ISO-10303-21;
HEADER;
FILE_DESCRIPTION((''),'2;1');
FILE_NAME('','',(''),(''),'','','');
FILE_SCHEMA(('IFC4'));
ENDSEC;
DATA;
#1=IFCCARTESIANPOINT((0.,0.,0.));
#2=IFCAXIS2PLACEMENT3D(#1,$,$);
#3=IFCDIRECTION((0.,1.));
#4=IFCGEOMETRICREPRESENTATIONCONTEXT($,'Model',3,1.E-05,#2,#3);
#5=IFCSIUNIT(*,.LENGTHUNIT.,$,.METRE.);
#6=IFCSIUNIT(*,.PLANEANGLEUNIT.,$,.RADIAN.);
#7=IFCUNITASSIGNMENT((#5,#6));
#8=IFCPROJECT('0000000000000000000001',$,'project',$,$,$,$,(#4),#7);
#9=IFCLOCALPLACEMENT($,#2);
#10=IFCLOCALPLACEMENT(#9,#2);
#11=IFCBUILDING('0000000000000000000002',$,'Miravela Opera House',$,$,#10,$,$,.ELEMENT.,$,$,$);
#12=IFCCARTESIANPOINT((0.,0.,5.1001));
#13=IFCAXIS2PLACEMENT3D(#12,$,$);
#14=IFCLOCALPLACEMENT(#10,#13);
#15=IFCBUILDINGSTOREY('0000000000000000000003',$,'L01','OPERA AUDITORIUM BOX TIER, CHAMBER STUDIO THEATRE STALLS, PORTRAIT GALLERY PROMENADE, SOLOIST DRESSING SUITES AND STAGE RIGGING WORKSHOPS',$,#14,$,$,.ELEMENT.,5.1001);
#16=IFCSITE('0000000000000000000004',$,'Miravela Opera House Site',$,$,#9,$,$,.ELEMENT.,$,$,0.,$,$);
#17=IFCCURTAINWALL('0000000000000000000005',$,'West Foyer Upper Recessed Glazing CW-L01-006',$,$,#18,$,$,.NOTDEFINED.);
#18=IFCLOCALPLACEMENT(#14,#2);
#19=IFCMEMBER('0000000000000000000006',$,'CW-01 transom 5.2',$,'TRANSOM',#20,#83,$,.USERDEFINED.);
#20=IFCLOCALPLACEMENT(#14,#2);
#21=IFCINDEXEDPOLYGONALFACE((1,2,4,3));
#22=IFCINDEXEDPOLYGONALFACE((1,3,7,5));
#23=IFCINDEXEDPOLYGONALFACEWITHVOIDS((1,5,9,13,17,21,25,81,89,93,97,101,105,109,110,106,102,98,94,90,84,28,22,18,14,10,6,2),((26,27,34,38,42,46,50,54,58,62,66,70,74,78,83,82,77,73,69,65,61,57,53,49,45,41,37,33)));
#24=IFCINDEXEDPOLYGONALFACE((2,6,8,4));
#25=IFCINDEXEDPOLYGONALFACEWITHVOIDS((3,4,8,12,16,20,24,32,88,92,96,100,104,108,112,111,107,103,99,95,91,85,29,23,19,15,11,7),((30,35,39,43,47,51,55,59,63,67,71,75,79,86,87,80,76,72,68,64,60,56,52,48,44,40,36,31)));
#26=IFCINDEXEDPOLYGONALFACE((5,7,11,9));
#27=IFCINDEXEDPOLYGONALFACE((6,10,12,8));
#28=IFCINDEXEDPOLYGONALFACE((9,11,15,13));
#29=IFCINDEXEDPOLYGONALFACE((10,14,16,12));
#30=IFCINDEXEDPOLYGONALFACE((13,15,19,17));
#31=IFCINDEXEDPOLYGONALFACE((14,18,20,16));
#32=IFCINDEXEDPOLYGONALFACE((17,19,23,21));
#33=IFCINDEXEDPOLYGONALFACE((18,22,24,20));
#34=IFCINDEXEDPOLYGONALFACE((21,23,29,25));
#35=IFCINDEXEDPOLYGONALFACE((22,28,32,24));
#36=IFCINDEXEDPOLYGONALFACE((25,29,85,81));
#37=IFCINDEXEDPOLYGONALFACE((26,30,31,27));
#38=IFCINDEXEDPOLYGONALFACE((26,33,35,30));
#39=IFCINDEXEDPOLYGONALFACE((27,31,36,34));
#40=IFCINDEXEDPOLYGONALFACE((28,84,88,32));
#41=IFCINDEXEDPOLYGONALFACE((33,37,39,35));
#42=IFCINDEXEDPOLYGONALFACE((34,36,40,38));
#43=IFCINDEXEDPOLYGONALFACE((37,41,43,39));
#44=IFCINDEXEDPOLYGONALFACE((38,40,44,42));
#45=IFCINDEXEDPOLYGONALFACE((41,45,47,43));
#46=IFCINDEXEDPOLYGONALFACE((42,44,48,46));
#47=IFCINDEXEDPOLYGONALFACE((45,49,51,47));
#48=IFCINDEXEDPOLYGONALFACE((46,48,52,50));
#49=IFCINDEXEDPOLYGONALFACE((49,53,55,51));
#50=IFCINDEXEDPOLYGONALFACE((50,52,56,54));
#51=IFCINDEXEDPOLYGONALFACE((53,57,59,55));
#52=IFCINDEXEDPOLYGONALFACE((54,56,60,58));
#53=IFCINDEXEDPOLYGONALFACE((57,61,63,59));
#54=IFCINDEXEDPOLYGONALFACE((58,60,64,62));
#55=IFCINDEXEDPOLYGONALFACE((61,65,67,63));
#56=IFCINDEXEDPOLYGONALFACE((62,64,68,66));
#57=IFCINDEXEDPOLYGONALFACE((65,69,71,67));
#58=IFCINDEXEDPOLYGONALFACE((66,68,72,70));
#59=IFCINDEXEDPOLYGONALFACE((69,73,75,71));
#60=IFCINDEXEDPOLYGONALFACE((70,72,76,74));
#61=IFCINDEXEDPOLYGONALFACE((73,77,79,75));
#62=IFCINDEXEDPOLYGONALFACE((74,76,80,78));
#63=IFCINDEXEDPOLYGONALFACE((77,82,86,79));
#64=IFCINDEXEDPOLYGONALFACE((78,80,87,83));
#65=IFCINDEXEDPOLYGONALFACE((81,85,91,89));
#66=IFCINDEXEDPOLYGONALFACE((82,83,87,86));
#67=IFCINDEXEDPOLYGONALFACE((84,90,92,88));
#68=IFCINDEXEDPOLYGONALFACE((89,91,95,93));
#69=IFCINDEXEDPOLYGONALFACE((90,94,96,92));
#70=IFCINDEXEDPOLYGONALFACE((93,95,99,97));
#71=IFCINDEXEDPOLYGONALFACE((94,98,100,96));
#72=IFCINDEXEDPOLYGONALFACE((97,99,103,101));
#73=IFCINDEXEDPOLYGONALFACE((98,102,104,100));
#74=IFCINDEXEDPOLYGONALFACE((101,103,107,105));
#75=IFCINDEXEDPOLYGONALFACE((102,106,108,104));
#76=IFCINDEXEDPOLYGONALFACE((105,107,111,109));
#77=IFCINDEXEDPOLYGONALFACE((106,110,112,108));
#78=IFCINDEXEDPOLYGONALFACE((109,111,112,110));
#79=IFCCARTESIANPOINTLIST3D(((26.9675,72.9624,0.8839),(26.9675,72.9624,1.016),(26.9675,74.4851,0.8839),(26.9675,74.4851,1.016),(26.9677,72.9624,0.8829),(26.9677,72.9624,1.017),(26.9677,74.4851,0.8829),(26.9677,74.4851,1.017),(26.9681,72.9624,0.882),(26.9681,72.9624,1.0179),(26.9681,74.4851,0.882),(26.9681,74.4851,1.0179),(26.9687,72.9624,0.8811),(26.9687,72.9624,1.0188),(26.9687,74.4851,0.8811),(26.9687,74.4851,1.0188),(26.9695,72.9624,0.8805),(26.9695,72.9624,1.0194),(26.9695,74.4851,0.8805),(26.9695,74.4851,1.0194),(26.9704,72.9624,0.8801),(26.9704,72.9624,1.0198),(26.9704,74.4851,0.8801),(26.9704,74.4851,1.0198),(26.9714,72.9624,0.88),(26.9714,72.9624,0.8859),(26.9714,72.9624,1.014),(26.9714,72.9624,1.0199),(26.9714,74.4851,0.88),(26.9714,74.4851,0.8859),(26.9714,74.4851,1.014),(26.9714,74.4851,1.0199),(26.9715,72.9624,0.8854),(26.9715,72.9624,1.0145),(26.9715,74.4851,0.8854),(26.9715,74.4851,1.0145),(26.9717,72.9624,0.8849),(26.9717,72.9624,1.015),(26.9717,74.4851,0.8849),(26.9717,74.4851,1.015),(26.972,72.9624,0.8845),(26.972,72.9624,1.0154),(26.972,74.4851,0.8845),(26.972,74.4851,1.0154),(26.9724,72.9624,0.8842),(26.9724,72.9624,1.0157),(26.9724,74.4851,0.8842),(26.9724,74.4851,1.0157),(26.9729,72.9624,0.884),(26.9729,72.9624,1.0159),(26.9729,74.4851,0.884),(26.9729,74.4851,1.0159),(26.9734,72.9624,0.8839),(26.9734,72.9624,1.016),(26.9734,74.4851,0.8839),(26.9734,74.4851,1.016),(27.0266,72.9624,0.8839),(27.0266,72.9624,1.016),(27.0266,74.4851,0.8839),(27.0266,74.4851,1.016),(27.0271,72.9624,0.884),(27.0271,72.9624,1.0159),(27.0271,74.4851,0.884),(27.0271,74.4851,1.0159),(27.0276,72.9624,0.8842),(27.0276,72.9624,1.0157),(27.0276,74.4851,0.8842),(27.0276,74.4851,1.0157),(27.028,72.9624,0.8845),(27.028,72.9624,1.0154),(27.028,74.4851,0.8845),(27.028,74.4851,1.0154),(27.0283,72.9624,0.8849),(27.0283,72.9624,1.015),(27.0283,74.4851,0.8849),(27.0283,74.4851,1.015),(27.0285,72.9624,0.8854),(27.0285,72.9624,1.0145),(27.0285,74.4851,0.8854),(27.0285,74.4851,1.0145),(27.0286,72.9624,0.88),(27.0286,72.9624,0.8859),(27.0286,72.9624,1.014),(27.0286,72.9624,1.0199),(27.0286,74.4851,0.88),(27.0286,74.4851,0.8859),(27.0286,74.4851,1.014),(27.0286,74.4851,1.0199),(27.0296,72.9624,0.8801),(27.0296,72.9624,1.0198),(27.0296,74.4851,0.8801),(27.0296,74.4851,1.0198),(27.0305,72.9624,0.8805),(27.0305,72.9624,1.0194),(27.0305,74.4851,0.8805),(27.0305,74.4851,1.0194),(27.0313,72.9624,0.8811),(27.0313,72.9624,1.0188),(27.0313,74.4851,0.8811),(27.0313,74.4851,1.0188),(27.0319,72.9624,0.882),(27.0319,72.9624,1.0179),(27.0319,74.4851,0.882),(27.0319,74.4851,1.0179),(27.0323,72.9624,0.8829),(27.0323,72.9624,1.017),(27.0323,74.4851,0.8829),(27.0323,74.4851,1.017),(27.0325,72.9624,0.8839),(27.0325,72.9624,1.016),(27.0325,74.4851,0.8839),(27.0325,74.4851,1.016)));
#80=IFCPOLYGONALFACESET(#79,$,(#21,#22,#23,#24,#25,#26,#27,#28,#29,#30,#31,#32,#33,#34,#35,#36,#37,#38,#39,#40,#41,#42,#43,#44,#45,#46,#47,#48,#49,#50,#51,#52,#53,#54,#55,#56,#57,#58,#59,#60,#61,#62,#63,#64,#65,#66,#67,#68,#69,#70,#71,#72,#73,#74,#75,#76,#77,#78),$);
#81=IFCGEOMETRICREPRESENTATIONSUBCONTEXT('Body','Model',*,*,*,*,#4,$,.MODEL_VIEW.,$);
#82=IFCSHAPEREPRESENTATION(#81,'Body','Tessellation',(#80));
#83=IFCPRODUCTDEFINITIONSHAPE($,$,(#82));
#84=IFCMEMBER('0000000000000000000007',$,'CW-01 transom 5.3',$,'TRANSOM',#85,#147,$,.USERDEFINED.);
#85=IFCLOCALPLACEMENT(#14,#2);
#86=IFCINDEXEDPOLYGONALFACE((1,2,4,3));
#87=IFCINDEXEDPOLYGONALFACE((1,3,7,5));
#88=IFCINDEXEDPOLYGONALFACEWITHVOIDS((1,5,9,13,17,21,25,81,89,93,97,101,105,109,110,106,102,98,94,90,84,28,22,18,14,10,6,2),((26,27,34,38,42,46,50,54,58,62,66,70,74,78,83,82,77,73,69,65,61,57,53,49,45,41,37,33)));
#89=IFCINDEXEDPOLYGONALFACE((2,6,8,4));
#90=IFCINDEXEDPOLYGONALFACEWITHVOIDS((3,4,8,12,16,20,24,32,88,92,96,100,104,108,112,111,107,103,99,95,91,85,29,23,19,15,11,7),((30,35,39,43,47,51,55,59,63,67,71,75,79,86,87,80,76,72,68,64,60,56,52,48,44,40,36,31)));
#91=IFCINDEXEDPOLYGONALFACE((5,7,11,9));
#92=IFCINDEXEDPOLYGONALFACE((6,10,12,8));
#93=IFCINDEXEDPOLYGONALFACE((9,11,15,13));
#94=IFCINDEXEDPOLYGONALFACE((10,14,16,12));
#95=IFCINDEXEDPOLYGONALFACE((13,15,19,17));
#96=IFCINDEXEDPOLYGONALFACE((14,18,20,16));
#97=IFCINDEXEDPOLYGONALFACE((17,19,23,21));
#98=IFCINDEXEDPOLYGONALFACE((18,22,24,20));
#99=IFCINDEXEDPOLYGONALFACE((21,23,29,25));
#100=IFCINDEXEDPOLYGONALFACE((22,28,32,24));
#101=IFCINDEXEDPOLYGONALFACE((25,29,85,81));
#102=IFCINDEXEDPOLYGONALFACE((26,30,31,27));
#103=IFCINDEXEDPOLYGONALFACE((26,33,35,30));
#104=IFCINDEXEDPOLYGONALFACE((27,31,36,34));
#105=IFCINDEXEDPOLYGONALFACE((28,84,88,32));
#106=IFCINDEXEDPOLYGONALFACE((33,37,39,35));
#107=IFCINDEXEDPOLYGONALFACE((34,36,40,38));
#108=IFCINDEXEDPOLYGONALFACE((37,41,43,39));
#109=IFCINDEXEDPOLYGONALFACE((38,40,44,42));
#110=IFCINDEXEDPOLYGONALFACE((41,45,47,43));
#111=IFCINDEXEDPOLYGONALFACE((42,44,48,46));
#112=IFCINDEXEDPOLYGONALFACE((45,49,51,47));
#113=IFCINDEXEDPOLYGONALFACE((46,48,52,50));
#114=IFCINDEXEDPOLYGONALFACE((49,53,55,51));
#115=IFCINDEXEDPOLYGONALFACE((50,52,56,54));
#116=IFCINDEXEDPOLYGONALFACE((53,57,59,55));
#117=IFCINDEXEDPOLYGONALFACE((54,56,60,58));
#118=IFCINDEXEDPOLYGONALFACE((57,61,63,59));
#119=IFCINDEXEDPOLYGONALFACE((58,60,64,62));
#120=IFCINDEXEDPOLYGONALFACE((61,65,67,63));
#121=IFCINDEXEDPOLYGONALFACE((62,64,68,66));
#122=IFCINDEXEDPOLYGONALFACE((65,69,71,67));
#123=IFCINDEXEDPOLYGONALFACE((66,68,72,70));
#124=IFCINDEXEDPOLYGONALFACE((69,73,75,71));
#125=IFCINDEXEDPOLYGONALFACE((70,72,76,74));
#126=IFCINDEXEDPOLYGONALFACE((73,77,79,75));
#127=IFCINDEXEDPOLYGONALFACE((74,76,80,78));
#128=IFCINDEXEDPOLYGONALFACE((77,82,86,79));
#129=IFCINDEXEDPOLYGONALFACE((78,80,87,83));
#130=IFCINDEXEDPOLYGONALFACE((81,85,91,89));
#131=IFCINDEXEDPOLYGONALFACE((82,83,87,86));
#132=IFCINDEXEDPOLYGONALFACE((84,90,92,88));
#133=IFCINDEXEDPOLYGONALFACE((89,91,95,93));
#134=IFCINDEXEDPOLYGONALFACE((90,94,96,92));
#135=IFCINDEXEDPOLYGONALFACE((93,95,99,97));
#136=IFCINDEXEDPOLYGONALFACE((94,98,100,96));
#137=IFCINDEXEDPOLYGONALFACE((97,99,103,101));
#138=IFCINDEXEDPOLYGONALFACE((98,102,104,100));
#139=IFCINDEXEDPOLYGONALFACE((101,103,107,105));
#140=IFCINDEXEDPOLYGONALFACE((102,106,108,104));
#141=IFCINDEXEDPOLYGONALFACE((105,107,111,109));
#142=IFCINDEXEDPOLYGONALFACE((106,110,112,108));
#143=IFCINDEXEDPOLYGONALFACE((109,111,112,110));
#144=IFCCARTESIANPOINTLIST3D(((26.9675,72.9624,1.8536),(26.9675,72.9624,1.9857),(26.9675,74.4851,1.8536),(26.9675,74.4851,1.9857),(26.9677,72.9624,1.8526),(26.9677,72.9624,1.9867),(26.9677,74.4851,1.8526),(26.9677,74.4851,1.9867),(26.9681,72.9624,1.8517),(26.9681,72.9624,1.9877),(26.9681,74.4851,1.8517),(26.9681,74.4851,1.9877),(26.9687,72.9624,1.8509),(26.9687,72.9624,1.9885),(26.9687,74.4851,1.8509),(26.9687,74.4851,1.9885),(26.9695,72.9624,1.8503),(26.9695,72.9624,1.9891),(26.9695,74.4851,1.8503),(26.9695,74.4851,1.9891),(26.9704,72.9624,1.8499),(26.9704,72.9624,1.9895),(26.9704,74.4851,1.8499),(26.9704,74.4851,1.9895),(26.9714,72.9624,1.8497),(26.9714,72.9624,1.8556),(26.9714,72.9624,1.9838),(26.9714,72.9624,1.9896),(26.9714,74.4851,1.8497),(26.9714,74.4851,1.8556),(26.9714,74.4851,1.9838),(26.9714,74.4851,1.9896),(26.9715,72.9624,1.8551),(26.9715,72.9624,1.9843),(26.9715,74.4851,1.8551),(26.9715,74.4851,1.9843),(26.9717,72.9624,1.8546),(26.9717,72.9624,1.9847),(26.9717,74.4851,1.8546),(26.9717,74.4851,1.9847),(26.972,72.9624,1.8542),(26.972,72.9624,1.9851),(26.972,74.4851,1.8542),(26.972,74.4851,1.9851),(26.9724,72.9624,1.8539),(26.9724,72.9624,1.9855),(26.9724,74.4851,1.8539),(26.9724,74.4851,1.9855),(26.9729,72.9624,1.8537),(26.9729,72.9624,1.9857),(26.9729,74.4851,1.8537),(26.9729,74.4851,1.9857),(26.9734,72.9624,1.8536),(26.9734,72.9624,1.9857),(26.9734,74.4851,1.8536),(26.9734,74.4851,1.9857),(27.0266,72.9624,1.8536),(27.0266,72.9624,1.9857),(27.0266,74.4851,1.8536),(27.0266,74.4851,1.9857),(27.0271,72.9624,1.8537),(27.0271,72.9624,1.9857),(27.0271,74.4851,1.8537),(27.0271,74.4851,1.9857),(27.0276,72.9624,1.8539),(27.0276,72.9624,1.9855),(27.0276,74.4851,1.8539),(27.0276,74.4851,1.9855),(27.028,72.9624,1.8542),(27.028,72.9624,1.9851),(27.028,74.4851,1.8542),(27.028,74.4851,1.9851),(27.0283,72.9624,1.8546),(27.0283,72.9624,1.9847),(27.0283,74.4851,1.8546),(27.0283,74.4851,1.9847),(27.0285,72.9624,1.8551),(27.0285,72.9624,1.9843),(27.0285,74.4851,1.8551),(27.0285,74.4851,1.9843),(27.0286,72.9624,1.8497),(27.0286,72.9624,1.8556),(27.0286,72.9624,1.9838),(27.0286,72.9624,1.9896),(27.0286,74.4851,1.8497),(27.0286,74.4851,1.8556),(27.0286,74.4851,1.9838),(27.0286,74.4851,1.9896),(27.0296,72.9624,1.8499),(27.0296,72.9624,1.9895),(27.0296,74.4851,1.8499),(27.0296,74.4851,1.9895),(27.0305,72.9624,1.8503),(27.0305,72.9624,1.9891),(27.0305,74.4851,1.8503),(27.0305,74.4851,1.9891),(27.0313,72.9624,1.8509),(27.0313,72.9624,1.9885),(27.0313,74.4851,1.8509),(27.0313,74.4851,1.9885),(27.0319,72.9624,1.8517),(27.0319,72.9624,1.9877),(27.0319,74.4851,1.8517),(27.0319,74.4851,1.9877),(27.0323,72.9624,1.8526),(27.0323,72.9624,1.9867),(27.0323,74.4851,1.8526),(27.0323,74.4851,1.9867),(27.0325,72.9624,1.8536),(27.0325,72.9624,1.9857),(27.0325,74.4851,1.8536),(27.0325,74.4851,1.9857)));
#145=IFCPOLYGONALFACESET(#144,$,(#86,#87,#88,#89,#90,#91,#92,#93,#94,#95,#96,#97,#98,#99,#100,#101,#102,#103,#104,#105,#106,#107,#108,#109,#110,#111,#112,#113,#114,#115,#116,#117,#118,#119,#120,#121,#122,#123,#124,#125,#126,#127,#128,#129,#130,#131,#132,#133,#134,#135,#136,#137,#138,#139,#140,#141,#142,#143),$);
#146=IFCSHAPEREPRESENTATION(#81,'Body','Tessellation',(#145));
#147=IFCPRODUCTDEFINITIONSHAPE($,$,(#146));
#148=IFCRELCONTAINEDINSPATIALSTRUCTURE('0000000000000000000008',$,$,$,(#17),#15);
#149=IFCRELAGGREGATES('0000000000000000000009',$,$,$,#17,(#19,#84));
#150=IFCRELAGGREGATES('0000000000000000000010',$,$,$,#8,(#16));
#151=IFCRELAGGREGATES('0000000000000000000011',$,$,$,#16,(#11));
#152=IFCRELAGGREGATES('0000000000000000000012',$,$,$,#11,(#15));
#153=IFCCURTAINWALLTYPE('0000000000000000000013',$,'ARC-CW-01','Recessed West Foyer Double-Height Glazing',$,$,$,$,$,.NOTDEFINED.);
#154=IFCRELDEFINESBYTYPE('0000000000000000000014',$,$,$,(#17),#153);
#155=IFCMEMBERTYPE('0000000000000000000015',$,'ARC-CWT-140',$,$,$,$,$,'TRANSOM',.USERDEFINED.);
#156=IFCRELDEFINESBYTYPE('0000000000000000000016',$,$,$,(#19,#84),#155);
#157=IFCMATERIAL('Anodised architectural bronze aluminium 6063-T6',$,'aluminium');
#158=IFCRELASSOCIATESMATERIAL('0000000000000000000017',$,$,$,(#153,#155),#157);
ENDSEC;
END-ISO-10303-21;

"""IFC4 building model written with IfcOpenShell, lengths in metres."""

from ifc_helpers import new_model, si_unit, direction, frame, origin, origin_2d, place, context, subcontext, project, spatial, hollow_rectangle, extrude, material, material_profile, profile_set, type_object, element, aggregate, save


model = new_model("IFC4")

# Units and contexts
model_context = context("Model", 3, precision=1e-05, world=origin(), true_north=direction((0.0, 1.0)))
body_context = subcontext(model_context, "Body", "Model", "MODEL_VIEW")
ifc_project = project(units=[si_unit("LENGTHUNIT", "METRE"), si_unit("PLANEANGLEUNIT", "RADIAN")], contexts=[model_context])

# Site, building, storey
site_placement = place(None, origin())
site = spatial("IfcSite", under=ifc_project, at=site_placement, Name="Miravela Opera House Site", CompositionType="ELEMENT", RefElevation=0.0)
building_placement = place(site_placement, origin())
building = spatial("IfcBuilding", under=site, at=building_placement, Name="Miravela Opera House", CompositionType="ELEMENT")
storey_placement = place(building_placement, frame((0.0, 0.0, 5.1001)))
storey = spatial("IfcBuildingStorey", under=building, at=storey_placement, Name="L01", Description="OPERA AUDITORIUM BOX TIER, CHAMBER STUDIO THEATRE STALLS, PORTRAIT GALLERY PROMENADE, SOLOIST DRESSING SUITES AND STAGE RIGGING WORKSHOPS", CompositionType="ELEMENT", Elevation=5.1001)

# Curtain wall, members
ifc_material_1 = material(Name="Anodised architectural bronze aluminium 6063-T6", Category="aluminium")
curtain_wall_type = type_object("IfcCurtainWallType", Name="ARC-CW-01", Description="Recessed West Foyer Double-Height Glazing", PredefinedType="NOTDEFINED", material=ifc_material_1)
curtain_wall_placement = place(storey_placement, origin())
curtain_wall = element("IfcCurtainWall", 1, at=curtain_wall_placement, inside=storey, type_object=curtain_wall_type, Name="West Foyer Upper Recessed Glazing CW-L01-006", PredefinedType="NOTDEFINED")
ifc_material_profile_1 = material_profile(ifc_material_1, hollow_rectangle(XDim=0.0649, YDim=0.1399, WallThickness=0.0039, InnerFilletRadius=0.002, OuterFilletRadius=0.0039, at=origin_2d()), Name="CWT-65X140")
ifc_profile_set_1 = profile_set([ifc_material_profile_1])
member_type_1 = type_object("IfcMemberType", Name="ARC-CWT-140", ElementType="TRANSOM", PredefinedType="USERDEFINED", material=ifc_profile_set_1)
member_1_placement = place(storey_placement, frame((27.0, 72.9624, 0.95), z_axis=(0.0, 1.0, 0.0), x_axis=(-1.0, 0.0, 0.0)))
member_1 = element("IfcMember", 2, at=member_1_placement, type_object=member_type_1, Name="CW-01 transom 5.2", ObjectType="TRANSOM", PredefinedType="USERDEFINED", context=body_context, shape_type="SweptSolid", body=[
    extrude(hollow_rectangle(XDim=0.0649, YDim=0.1399, WallThickness=0.0039, InnerFilletRadius=0.002, OuterFilletRadius=0.0039, at=origin_2d()), origin(), (0.0, 0.0, 1.0), 1.5227),
])
member_2_placement = place(storey_placement, frame((27.0, 72.9624, 1.9197), z_axis=(0.0, 1.0, 0.0), x_axis=(-1.0, 0.0, 0.0)))
member_2 = element("IfcMember", 3, at=member_2_placement, type_object=member_type_1, Name="CW-01 transom 5.3", ObjectType="TRANSOM", PredefinedType="USERDEFINED", context=body_context, shape_type="SweptSolid", body=[
    extrude(hollow_rectangle(XDim=0.0649, YDim=0.1399, WallThickness=0.0039, InnerFilletRadius=0.002, OuterFilletRadius=0.0039, at=origin_2d()), origin(), (0.0, 0.0, 1.0), 1.5227),
])
aggregate(curtain_wall, [member_1, member_2])

save(model, "model.ifc")
